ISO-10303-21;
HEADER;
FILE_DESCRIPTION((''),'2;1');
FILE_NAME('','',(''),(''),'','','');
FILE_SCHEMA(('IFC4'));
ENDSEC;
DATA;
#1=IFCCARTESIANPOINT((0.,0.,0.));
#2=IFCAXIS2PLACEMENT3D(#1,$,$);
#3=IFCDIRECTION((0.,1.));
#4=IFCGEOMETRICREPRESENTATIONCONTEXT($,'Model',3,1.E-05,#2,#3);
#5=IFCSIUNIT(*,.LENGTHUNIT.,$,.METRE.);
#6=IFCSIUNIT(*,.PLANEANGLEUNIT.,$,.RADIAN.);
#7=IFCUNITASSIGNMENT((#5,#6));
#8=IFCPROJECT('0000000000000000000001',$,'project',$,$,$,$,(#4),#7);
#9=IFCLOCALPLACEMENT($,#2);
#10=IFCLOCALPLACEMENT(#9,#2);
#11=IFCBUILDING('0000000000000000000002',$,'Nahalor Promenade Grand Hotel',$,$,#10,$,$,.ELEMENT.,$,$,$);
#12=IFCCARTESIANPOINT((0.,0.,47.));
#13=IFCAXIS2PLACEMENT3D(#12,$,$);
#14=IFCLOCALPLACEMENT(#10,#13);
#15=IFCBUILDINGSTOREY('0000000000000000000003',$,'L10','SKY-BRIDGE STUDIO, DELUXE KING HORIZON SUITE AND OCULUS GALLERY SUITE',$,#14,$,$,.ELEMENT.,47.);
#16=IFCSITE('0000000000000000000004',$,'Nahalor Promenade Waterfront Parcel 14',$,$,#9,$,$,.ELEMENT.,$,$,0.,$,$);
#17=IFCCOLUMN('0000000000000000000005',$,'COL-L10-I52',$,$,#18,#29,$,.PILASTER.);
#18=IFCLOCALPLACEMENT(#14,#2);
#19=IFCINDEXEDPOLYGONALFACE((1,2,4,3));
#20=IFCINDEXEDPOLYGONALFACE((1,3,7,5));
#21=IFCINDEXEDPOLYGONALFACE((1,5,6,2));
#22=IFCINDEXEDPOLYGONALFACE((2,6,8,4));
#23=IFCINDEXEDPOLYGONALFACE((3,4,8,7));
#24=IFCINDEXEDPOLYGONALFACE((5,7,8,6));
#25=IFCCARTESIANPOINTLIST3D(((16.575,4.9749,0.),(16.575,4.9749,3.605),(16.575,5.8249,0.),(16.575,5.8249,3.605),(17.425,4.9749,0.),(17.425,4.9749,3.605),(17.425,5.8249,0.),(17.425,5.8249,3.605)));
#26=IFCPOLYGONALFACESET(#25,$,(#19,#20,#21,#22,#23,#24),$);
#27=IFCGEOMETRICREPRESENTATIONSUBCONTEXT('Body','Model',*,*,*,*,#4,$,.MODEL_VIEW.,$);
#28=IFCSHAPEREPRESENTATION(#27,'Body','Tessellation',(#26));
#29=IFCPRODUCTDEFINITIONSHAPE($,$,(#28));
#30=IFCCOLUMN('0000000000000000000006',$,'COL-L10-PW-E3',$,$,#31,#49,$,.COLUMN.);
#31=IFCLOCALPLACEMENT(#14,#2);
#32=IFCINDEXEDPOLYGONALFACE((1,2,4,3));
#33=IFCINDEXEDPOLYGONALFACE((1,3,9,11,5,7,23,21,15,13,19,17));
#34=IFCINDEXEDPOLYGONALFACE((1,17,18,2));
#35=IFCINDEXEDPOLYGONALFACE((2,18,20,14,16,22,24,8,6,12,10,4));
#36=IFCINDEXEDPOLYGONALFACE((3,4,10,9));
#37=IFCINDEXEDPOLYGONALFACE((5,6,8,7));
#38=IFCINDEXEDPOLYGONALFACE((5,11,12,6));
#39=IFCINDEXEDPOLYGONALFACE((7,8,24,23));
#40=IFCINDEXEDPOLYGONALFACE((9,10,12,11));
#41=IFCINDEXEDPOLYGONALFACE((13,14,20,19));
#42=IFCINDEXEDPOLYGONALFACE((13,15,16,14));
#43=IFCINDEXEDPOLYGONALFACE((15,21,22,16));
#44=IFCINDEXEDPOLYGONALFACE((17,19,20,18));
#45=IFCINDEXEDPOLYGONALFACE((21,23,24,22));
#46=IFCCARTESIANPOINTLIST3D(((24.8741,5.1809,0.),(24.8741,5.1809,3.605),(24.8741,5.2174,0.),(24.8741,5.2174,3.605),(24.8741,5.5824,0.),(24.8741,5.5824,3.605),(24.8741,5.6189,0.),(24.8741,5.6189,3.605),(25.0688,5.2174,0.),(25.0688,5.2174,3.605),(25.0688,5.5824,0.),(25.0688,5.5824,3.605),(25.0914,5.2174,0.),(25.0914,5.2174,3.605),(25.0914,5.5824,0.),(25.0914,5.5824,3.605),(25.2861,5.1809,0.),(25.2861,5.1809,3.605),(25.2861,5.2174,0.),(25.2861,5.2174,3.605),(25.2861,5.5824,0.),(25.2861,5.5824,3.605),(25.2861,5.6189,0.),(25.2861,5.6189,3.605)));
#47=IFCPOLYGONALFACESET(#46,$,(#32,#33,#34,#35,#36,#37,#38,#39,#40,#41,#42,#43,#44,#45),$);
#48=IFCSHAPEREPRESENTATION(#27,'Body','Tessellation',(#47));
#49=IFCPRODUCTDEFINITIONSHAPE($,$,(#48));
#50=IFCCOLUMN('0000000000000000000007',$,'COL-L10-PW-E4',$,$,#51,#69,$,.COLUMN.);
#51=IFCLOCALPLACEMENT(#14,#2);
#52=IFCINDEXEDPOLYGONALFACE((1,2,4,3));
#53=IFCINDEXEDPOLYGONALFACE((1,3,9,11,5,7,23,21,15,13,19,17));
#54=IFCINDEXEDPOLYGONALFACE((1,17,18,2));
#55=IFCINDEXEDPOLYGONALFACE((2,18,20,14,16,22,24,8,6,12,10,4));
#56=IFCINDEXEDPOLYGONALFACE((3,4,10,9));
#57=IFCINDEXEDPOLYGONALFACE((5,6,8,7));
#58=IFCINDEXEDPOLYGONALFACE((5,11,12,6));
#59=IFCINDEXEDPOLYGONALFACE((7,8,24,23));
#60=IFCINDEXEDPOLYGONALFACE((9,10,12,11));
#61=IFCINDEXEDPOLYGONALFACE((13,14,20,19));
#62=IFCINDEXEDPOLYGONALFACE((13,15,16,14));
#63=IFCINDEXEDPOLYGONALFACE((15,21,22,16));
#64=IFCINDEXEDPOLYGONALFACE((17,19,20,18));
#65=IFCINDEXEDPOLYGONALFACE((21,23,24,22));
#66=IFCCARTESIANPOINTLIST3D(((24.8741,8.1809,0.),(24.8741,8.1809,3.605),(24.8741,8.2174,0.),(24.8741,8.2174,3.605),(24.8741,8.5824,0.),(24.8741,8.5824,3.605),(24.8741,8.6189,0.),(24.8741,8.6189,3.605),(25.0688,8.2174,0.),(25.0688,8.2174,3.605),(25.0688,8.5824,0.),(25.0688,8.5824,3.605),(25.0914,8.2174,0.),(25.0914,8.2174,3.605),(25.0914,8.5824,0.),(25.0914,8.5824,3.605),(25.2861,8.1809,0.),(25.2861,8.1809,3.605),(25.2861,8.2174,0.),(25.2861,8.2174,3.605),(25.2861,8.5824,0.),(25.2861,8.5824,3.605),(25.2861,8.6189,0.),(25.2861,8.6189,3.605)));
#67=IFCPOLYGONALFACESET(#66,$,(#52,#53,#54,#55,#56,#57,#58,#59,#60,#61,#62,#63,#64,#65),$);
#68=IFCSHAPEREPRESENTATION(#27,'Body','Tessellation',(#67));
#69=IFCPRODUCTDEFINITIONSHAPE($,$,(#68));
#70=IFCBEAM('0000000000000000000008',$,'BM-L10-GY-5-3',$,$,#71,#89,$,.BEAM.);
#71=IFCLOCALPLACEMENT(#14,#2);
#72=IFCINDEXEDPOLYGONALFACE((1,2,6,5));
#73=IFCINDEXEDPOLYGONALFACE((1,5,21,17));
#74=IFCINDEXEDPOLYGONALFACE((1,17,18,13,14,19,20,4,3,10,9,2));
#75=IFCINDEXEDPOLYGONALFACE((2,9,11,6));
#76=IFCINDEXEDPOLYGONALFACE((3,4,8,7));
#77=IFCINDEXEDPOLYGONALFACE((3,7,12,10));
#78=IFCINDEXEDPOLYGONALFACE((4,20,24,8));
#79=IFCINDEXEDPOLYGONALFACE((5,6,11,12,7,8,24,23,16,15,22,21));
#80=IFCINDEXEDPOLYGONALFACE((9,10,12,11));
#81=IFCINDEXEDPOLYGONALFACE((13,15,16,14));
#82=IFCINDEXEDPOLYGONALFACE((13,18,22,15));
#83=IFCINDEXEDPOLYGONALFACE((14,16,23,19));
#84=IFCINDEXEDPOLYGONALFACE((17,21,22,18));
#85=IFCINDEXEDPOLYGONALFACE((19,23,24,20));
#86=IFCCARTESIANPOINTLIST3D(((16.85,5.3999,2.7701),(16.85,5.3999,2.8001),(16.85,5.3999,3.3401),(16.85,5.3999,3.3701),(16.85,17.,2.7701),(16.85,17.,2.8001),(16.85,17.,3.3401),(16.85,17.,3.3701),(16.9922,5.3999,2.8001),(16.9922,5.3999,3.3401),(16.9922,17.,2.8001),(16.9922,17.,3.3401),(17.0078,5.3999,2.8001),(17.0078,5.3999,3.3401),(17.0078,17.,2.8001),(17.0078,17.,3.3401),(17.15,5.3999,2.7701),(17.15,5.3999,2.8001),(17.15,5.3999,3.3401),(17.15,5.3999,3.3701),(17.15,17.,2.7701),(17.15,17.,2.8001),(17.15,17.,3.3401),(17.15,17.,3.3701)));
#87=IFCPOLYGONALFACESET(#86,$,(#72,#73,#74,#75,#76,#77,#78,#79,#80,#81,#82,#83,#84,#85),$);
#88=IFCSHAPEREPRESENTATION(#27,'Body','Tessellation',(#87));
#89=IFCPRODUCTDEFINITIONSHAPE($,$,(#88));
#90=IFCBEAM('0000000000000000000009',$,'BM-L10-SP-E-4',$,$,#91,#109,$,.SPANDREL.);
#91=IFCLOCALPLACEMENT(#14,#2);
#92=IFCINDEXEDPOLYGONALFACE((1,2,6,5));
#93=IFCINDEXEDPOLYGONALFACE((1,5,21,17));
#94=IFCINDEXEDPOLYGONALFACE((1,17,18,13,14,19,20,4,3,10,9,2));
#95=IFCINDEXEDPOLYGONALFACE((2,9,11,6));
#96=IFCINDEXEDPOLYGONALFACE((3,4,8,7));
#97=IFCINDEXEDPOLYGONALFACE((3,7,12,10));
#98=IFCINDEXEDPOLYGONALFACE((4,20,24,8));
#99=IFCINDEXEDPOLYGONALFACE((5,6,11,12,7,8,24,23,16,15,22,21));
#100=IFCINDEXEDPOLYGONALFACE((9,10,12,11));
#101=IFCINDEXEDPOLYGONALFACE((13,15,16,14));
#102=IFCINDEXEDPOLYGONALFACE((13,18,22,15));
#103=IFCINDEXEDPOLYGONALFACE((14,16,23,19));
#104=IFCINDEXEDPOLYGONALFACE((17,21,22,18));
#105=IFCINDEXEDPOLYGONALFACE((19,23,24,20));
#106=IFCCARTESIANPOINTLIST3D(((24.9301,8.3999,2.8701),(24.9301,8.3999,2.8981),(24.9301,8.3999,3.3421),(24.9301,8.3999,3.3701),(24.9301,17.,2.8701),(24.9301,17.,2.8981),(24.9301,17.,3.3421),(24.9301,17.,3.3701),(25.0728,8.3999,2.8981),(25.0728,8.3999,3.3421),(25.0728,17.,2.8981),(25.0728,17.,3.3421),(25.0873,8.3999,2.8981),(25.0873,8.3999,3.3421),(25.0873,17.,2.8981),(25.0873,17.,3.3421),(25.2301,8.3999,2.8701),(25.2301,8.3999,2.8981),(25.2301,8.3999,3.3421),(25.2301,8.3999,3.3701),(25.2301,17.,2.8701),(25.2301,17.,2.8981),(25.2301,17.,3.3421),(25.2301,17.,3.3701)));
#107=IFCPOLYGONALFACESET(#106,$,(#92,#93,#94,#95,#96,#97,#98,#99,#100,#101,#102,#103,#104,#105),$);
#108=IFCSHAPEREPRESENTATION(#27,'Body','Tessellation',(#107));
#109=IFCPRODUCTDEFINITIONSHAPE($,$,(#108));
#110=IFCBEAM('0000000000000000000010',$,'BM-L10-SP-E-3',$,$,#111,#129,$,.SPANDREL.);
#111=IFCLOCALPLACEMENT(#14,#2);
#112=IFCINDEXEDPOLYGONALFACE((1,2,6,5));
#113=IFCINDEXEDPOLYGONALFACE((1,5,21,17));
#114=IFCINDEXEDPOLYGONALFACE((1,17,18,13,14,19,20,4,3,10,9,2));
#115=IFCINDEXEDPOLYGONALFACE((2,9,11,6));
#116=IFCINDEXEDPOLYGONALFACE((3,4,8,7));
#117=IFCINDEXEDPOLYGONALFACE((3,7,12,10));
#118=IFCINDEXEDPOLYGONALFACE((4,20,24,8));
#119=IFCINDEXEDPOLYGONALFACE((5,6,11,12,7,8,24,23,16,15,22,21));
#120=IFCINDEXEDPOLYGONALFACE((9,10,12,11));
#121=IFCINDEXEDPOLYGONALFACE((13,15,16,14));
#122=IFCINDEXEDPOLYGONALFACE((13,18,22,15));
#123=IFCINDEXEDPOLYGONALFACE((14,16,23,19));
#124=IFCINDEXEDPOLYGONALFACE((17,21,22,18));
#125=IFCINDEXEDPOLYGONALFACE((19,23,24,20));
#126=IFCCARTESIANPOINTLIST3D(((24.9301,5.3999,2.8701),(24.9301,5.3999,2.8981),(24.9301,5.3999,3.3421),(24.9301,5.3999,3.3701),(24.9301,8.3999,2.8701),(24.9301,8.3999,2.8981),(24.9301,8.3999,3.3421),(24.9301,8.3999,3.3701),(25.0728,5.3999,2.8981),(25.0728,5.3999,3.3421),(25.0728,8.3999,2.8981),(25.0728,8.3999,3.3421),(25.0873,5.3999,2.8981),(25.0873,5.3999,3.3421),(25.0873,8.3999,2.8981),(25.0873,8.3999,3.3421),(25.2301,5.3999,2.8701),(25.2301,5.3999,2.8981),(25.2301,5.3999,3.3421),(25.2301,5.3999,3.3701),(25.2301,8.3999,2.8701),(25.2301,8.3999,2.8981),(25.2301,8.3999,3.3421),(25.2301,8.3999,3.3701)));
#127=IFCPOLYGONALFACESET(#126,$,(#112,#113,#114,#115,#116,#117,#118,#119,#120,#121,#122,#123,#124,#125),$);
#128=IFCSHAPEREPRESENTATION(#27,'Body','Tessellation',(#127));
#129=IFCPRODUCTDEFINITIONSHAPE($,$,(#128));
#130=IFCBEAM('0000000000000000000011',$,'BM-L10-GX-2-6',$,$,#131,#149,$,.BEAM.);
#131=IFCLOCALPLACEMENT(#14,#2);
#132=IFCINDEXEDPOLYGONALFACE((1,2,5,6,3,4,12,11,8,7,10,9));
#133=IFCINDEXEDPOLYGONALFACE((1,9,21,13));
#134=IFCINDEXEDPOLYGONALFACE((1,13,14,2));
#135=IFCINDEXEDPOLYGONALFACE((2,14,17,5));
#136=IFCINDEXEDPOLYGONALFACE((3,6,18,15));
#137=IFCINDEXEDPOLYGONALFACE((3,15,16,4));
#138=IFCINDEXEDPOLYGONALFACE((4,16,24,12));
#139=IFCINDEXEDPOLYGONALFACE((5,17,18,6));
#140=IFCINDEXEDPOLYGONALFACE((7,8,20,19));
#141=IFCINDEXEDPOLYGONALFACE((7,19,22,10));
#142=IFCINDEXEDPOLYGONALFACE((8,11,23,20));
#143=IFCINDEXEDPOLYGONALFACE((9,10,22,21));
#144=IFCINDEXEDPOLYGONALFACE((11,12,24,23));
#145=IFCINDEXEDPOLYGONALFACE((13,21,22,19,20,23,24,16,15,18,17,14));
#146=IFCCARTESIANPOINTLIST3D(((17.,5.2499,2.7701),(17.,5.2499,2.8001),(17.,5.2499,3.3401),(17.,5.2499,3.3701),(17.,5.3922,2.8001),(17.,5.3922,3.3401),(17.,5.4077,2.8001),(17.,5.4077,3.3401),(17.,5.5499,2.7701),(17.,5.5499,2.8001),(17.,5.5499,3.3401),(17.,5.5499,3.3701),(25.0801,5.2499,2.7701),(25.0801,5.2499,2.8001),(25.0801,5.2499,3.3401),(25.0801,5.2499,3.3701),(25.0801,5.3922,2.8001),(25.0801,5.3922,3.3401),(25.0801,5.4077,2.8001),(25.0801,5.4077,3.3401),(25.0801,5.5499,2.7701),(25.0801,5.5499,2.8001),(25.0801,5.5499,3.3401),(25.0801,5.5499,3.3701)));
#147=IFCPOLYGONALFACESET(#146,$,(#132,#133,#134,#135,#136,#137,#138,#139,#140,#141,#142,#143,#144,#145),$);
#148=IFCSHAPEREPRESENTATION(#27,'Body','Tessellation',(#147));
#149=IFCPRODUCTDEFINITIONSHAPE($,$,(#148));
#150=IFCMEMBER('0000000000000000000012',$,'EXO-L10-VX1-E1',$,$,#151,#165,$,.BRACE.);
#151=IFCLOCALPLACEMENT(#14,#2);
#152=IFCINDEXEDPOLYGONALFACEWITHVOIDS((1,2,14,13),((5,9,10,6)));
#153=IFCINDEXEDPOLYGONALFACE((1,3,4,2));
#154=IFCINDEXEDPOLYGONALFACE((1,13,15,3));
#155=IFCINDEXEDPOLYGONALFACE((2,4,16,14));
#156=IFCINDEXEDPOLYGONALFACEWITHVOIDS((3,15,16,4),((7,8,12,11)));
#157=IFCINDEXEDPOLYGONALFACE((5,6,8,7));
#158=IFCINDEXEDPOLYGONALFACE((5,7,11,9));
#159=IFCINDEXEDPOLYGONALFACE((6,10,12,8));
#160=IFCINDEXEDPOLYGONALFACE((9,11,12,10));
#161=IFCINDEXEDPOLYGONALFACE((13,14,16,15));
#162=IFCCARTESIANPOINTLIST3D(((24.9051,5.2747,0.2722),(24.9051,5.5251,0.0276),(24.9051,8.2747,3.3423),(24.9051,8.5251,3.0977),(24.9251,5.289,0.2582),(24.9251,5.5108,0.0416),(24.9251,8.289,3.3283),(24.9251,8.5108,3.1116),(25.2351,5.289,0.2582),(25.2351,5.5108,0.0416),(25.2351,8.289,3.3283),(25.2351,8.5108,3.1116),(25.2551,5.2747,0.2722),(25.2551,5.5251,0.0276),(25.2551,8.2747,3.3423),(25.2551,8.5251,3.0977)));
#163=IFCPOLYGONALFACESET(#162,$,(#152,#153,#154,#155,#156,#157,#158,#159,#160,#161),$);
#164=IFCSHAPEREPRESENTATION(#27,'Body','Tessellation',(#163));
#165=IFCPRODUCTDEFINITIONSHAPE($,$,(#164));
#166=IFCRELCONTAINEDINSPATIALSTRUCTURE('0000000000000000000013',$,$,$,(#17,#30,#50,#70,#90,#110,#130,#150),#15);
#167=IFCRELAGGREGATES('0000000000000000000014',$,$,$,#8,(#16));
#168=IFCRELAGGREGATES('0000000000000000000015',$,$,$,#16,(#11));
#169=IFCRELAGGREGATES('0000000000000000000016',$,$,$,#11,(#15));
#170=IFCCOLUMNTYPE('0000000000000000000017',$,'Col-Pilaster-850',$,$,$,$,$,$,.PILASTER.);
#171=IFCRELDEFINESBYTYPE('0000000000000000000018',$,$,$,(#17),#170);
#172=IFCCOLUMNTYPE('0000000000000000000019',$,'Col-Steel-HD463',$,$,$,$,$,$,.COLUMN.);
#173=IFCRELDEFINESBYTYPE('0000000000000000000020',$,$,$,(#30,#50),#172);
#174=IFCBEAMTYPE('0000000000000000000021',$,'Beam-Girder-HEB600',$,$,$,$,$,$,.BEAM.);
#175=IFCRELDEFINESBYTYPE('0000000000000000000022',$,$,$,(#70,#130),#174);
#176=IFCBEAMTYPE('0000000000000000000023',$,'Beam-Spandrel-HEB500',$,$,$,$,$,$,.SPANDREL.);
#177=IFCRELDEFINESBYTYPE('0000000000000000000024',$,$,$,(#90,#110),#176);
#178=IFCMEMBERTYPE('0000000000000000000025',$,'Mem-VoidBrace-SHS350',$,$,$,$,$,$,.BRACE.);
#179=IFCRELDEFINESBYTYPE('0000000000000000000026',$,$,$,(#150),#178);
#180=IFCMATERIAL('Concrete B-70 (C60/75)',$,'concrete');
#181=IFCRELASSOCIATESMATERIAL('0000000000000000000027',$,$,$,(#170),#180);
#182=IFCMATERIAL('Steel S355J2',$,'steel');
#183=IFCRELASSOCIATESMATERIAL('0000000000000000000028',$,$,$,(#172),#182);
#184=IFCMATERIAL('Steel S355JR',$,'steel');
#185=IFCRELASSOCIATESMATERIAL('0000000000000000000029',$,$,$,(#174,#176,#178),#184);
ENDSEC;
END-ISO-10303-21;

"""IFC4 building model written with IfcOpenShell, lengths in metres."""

from ifc_helpers import new_model, si_unit, direction, frame, origin, origin_2d, place, context, subcontext, project, spatial, rectangle, hollow_rectangle, i_section, extrude, source, transform, mapped, material, material_profile, profile_set, type_object, element, save


model = new_model("IFC4")

# Units and contexts
model_context = context("Model", 3, precision=1e-05, world=origin(), true_north=direction((0.0, 1.0)))
body_context = subcontext(model_context, "Body", "Model", "MODEL_VIEW")
ifc_project = project(units=[si_unit("LENGTHUNIT", "METRE"), si_unit("PLANEANGLEUNIT", "RADIAN")], contexts=[model_context])

# Site, building, storey
site_placement = place(None, origin())
site = spatial("IfcSite", under=ifc_project, at=site_placement, Name="Nahalor Promenade Waterfront Parcel 14", CompositionType="ELEMENT", RefElevation=0.0)
building_placement = place(site_placement, origin())
building = spatial("IfcBuilding", under=site, at=building_placement, Name="Nahalor Promenade Grand Hotel", CompositionType="ELEMENT")
storey_placement = place(building_placement, frame((0.0, 0.0, 47.0)))
storey = spatial("IfcBuildingStorey", under=building, at=storey_placement, Name="L10", Description="SKY-BRIDGE STUDIO, DELUXE KING HORIZON SUITE AND OCULUS GALLERY SUITE", CompositionType="ELEMENT", Elevation=47.0)

# Columns
ifc_material_1 = material(Name="Concrete B-70 (C60/75)", Category="concrete")
ifc_material_profile_1 = material_profile(ifc_material_1, rectangle(XDim=0.85, YDim=0.85, at=origin_2d()), Name="RC 850x850")
ifc_profile_set_1 = profile_set([ifc_material_profile_1], Name="Concrete B-70 (C60/75)")
column_type_1 = type_object("IfcColumnType", Name="Col-Pilaster-850", PredefinedType="PILASTER", material=ifc_profile_set_1)
shared_shape_1 = source(origin(), body_context, "Body", "SweptSolid", [
    extrude(rectangle(XDim=0.85, YDim=0.85, at=origin_2d()), origin(), (0.0, 0.0, 1.0), 3.605),
])
column_placement = place(storey_placement, frame((17.0, 5.3999, 0.0), z_axis=(0.0, 0.0, 1.0), x_axis=(1.0, 0.0, 0.0)))
element("IfcColumn", 1, at=column_placement, inside=storey, type_object=column_type_1, Name="COL-L10-I52", PredefinedType="PILASTER", context=body_context, shape_type="MappedRepresentation", body=[
    mapped(shared_shape_1, transform((0.0, 0.0, 0.0), scale=1.0)),
])
ifc_material_2 = material(Name="Steel S355J2", Category="steel")
ifc_material_profile_2 = material_profile(ifc_material_2, i_section(OverallWidth=0.412, OverallDepth=0.438, WebThickness=0.0226, FlangeThickness=0.0365, at=origin_2d()), Name="HD 400x463")
ifc_profile_set_2 = profile_set([ifc_material_profile_2], Name="Steel S355J2")
column_type_2 = type_object("IfcColumnType", Name="Col-Steel-HD463", PredefinedType="COLUMN", material=ifc_profile_set_2)
shared_shape_2 = source(origin(), body_context, "Body", "SweptSolid", [
    extrude(i_section(OverallWidth=0.412, OverallDepth=0.438, WebThickness=0.0226, FlangeThickness=0.0365, at=origin_2d()), origin(), (0.0, 0.0, 1.0), 3.605),
])
for number, where, z_axis, x_axis, name in (
    (2, (25.0801, 5.3999, 0.0), (0.0, 0.0, 1.0), (1.0, 0.0, 0.0), "COL-L10-PW-E3"),
    (3, (25.0801, 8.3999, 0.0), (0.0, 0.0, 1.0), (1.0, 0.0, 0.0), "COL-L10-PW-E4"),
):
    element("IfcColumn", number, at=place(storey_placement, frame(where, z_axis=z_axis, x_axis=x_axis)), inside=storey, type_object=column_type_2, Name=name, PredefinedType="COLUMN", context=body_context, shape_type="MappedRepresentation", body=[
        mapped(shared_shape_2, transform((0.0, 0.0, 0.0), scale=1.0)),
    ])

# Beams
ifc_material_3 = material(Name="Steel S355JR", Category="steel")
ifc_material_profile_3 = material_profile(ifc_material_3, i_section(OverallWidth=0.3, OverallDepth=0.6, WebThickness=0.0155, FlangeThickness=0.03, at=origin_2d()), Name="HEB 600")
ifc_profile_set_3 = profile_set([ifc_material_profile_3], Name="Steel S355JR")
beam_type_1 = type_object("IfcBeamType", Name="Beam-Girder-HEB600", PredefinedType="BEAM", material=ifc_profile_set_3)
shared_shape_3 = source(origin(), body_context, "Body", "SweptSolid", [
    extrude(i_section(OverallWidth=0.3, OverallDepth=0.6, WebThickness=0.0155, FlangeThickness=0.03, at=origin_2d()), origin(), (0.0, 0.0, 1.0), 11.6001),
])
beam_1_placement = place(storey_placement, frame((17.0, 5.3999, 3.0701), z_axis=(0.0, 1.0, 0.0), x_axis=(-1.0, 0.0, 0.0)))
element("IfcBeam", 4, at=beam_1_placement, inside=storey, type_object=beam_type_1, Name="BM-L10-GY-5-3", PredefinedType="BEAM", context=body_context, shape_type="MappedRepresentation", body=[
    mapped(shared_shape_3, transform((0.0, 0.0, 0.0), scale=1.0)),
])
ifc_material_profile_4 = material_profile(ifc_material_3, i_section(OverallWidth=0.3, OverallDepth=0.5, WebThickness=0.0145, FlangeThickness=0.028, at=origin_2d()), Name="HEB 500")
ifc_profile_set_4 = profile_set([ifc_material_profile_4], Name="Steel S355JR")
beam_type_2 = type_object("IfcBeamType", Name="Beam-Spandrel-HEB500", PredefinedType="SPANDREL", material=ifc_profile_set_4)
shared_shape_4 = source(origin(), body_context, "Body", "SweptSolid", [
    extrude(i_section(OverallWidth=0.3, OverallDepth=0.5, WebThickness=0.0145, FlangeThickness=0.028, at=origin_2d()), origin(), (0.0, 0.0, 1.0), 8.6001),
])
beam_2_placement = place(storey_placement, frame((25.0801, 8.3999, 3.1201), z_axis=(0.0, 1.0, 0.0), x_axis=(-1.0, 0.0, 0.0)))
element("IfcBeam", 5, at=beam_2_placement, inside=storey, type_object=beam_type_2, Name="BM-L10-SP-E-4", PredefinedType="SPANDREL", context=body_context, shape_type="MappedRepresentation", body=[
    mapped(shared_shape_4, transform((0.0, 0.0, 0.0), scale=1.0)),
])
shared_shape_5 = source(origin(), body_context, "Body", "SweptSolid", [
    extrude(i_section(OverallWidth=0.3, OverallDepth=0.5, WebThickness=0.0145, FlangeThickness=0.028, at=origin_2d()), origin(), (0.0, 0.0, 1.0), 3.0),
])
beam_3_placement = place(storey_placement, frame((25.0801, 5.3999, 3.1201), z_axis=(0.0, 1.0, 0.0), x_axis=(-1.0, 0.0, 0.0)))
element("IfcBeam", 6, at=beam_3_placement, inside=storey, type_object=beam_type_2, Name="BM-L10-SP-E-3", PredefinedType="SPANDREL", context=body_context, shape_type="MappedRepresentation", body=[
    mapped(shared_shape_5, transform((0.0, 0.0, 0.0), scale=1.0)),
])
shared_shape_6 = source(origin(), body_context, "Body", "SweptSolid", [
    extrude(i_section(OverallWidth=0.3, OverallDepth=0.6, WebThickness=0.0155, FlangeThickness=0.03, at=origin_2d()), origin(), (0.0, 0.0, 1.0), 8.0801),
])
beam_4_placement = place(storey_placement, frame((17.0, 5.3999, 3.0701), z_axis=(1.0, 0.0, 0.0), x_axis=(0.0, 1.0, 0.0)))
element("IfcBeam", 7, at=beam_4_placement, inside=storey, type_object=beam_type_1, Name="BM-L10-GX-2-6", PredefinedType="BEAM", context=body_context, shape_type="MappedRepresentation", body=[
    mapped(shared_shape_6, transform((0.0, 0.0, 0.0), scale=1.0)),
])

# Member
ifc_material_profile_5 = material_profile(ifc_material_3, hollow_rectangle(XDim=0.35, YDim=0.35, WallThickness=0.02, at=origin_2d()), Name="SHS 350x350x20")
ifc_profile_set_5 = profile_set([ifc_material_profile_5], Name="Steel S355JR")
member_type_1 = type_object("IfcMemberType", Name="Mem-VoidBrace-SHS350", PredefinedType="BRACE", material=ifc_profile_set_5)
shared_shape_7 = source(origin(), body_context, "Body", "SweptSolid", [
    extrude(hollow_rectangle(XDim=0.35, YDim=0.35, WallThickness=0.02, at=origin_2d()), origin(), (0.0, 0.0, 1.0), 4.2925),
])
member_1_placement = place(storey_placement, frame((25.0801, 5.3999, 0.1499), z_axis=(0.0, 0.698898, 0.715221), x_axis=(-1.0, 0.0, 0.0)))
element("IfcMember", 8, at=member_1_placement, inside=storey, type_object=member_type_1, Name="EXO-L10-VX1-E1", PredefinedType="BRACE", context=body_context, shape_type="MappedRepresentation", body=[
    mapped(shared_shape_7, transform((0.0, 0.0, 0.0), scale=1.0)),
])

save(model, "model.ifc")
